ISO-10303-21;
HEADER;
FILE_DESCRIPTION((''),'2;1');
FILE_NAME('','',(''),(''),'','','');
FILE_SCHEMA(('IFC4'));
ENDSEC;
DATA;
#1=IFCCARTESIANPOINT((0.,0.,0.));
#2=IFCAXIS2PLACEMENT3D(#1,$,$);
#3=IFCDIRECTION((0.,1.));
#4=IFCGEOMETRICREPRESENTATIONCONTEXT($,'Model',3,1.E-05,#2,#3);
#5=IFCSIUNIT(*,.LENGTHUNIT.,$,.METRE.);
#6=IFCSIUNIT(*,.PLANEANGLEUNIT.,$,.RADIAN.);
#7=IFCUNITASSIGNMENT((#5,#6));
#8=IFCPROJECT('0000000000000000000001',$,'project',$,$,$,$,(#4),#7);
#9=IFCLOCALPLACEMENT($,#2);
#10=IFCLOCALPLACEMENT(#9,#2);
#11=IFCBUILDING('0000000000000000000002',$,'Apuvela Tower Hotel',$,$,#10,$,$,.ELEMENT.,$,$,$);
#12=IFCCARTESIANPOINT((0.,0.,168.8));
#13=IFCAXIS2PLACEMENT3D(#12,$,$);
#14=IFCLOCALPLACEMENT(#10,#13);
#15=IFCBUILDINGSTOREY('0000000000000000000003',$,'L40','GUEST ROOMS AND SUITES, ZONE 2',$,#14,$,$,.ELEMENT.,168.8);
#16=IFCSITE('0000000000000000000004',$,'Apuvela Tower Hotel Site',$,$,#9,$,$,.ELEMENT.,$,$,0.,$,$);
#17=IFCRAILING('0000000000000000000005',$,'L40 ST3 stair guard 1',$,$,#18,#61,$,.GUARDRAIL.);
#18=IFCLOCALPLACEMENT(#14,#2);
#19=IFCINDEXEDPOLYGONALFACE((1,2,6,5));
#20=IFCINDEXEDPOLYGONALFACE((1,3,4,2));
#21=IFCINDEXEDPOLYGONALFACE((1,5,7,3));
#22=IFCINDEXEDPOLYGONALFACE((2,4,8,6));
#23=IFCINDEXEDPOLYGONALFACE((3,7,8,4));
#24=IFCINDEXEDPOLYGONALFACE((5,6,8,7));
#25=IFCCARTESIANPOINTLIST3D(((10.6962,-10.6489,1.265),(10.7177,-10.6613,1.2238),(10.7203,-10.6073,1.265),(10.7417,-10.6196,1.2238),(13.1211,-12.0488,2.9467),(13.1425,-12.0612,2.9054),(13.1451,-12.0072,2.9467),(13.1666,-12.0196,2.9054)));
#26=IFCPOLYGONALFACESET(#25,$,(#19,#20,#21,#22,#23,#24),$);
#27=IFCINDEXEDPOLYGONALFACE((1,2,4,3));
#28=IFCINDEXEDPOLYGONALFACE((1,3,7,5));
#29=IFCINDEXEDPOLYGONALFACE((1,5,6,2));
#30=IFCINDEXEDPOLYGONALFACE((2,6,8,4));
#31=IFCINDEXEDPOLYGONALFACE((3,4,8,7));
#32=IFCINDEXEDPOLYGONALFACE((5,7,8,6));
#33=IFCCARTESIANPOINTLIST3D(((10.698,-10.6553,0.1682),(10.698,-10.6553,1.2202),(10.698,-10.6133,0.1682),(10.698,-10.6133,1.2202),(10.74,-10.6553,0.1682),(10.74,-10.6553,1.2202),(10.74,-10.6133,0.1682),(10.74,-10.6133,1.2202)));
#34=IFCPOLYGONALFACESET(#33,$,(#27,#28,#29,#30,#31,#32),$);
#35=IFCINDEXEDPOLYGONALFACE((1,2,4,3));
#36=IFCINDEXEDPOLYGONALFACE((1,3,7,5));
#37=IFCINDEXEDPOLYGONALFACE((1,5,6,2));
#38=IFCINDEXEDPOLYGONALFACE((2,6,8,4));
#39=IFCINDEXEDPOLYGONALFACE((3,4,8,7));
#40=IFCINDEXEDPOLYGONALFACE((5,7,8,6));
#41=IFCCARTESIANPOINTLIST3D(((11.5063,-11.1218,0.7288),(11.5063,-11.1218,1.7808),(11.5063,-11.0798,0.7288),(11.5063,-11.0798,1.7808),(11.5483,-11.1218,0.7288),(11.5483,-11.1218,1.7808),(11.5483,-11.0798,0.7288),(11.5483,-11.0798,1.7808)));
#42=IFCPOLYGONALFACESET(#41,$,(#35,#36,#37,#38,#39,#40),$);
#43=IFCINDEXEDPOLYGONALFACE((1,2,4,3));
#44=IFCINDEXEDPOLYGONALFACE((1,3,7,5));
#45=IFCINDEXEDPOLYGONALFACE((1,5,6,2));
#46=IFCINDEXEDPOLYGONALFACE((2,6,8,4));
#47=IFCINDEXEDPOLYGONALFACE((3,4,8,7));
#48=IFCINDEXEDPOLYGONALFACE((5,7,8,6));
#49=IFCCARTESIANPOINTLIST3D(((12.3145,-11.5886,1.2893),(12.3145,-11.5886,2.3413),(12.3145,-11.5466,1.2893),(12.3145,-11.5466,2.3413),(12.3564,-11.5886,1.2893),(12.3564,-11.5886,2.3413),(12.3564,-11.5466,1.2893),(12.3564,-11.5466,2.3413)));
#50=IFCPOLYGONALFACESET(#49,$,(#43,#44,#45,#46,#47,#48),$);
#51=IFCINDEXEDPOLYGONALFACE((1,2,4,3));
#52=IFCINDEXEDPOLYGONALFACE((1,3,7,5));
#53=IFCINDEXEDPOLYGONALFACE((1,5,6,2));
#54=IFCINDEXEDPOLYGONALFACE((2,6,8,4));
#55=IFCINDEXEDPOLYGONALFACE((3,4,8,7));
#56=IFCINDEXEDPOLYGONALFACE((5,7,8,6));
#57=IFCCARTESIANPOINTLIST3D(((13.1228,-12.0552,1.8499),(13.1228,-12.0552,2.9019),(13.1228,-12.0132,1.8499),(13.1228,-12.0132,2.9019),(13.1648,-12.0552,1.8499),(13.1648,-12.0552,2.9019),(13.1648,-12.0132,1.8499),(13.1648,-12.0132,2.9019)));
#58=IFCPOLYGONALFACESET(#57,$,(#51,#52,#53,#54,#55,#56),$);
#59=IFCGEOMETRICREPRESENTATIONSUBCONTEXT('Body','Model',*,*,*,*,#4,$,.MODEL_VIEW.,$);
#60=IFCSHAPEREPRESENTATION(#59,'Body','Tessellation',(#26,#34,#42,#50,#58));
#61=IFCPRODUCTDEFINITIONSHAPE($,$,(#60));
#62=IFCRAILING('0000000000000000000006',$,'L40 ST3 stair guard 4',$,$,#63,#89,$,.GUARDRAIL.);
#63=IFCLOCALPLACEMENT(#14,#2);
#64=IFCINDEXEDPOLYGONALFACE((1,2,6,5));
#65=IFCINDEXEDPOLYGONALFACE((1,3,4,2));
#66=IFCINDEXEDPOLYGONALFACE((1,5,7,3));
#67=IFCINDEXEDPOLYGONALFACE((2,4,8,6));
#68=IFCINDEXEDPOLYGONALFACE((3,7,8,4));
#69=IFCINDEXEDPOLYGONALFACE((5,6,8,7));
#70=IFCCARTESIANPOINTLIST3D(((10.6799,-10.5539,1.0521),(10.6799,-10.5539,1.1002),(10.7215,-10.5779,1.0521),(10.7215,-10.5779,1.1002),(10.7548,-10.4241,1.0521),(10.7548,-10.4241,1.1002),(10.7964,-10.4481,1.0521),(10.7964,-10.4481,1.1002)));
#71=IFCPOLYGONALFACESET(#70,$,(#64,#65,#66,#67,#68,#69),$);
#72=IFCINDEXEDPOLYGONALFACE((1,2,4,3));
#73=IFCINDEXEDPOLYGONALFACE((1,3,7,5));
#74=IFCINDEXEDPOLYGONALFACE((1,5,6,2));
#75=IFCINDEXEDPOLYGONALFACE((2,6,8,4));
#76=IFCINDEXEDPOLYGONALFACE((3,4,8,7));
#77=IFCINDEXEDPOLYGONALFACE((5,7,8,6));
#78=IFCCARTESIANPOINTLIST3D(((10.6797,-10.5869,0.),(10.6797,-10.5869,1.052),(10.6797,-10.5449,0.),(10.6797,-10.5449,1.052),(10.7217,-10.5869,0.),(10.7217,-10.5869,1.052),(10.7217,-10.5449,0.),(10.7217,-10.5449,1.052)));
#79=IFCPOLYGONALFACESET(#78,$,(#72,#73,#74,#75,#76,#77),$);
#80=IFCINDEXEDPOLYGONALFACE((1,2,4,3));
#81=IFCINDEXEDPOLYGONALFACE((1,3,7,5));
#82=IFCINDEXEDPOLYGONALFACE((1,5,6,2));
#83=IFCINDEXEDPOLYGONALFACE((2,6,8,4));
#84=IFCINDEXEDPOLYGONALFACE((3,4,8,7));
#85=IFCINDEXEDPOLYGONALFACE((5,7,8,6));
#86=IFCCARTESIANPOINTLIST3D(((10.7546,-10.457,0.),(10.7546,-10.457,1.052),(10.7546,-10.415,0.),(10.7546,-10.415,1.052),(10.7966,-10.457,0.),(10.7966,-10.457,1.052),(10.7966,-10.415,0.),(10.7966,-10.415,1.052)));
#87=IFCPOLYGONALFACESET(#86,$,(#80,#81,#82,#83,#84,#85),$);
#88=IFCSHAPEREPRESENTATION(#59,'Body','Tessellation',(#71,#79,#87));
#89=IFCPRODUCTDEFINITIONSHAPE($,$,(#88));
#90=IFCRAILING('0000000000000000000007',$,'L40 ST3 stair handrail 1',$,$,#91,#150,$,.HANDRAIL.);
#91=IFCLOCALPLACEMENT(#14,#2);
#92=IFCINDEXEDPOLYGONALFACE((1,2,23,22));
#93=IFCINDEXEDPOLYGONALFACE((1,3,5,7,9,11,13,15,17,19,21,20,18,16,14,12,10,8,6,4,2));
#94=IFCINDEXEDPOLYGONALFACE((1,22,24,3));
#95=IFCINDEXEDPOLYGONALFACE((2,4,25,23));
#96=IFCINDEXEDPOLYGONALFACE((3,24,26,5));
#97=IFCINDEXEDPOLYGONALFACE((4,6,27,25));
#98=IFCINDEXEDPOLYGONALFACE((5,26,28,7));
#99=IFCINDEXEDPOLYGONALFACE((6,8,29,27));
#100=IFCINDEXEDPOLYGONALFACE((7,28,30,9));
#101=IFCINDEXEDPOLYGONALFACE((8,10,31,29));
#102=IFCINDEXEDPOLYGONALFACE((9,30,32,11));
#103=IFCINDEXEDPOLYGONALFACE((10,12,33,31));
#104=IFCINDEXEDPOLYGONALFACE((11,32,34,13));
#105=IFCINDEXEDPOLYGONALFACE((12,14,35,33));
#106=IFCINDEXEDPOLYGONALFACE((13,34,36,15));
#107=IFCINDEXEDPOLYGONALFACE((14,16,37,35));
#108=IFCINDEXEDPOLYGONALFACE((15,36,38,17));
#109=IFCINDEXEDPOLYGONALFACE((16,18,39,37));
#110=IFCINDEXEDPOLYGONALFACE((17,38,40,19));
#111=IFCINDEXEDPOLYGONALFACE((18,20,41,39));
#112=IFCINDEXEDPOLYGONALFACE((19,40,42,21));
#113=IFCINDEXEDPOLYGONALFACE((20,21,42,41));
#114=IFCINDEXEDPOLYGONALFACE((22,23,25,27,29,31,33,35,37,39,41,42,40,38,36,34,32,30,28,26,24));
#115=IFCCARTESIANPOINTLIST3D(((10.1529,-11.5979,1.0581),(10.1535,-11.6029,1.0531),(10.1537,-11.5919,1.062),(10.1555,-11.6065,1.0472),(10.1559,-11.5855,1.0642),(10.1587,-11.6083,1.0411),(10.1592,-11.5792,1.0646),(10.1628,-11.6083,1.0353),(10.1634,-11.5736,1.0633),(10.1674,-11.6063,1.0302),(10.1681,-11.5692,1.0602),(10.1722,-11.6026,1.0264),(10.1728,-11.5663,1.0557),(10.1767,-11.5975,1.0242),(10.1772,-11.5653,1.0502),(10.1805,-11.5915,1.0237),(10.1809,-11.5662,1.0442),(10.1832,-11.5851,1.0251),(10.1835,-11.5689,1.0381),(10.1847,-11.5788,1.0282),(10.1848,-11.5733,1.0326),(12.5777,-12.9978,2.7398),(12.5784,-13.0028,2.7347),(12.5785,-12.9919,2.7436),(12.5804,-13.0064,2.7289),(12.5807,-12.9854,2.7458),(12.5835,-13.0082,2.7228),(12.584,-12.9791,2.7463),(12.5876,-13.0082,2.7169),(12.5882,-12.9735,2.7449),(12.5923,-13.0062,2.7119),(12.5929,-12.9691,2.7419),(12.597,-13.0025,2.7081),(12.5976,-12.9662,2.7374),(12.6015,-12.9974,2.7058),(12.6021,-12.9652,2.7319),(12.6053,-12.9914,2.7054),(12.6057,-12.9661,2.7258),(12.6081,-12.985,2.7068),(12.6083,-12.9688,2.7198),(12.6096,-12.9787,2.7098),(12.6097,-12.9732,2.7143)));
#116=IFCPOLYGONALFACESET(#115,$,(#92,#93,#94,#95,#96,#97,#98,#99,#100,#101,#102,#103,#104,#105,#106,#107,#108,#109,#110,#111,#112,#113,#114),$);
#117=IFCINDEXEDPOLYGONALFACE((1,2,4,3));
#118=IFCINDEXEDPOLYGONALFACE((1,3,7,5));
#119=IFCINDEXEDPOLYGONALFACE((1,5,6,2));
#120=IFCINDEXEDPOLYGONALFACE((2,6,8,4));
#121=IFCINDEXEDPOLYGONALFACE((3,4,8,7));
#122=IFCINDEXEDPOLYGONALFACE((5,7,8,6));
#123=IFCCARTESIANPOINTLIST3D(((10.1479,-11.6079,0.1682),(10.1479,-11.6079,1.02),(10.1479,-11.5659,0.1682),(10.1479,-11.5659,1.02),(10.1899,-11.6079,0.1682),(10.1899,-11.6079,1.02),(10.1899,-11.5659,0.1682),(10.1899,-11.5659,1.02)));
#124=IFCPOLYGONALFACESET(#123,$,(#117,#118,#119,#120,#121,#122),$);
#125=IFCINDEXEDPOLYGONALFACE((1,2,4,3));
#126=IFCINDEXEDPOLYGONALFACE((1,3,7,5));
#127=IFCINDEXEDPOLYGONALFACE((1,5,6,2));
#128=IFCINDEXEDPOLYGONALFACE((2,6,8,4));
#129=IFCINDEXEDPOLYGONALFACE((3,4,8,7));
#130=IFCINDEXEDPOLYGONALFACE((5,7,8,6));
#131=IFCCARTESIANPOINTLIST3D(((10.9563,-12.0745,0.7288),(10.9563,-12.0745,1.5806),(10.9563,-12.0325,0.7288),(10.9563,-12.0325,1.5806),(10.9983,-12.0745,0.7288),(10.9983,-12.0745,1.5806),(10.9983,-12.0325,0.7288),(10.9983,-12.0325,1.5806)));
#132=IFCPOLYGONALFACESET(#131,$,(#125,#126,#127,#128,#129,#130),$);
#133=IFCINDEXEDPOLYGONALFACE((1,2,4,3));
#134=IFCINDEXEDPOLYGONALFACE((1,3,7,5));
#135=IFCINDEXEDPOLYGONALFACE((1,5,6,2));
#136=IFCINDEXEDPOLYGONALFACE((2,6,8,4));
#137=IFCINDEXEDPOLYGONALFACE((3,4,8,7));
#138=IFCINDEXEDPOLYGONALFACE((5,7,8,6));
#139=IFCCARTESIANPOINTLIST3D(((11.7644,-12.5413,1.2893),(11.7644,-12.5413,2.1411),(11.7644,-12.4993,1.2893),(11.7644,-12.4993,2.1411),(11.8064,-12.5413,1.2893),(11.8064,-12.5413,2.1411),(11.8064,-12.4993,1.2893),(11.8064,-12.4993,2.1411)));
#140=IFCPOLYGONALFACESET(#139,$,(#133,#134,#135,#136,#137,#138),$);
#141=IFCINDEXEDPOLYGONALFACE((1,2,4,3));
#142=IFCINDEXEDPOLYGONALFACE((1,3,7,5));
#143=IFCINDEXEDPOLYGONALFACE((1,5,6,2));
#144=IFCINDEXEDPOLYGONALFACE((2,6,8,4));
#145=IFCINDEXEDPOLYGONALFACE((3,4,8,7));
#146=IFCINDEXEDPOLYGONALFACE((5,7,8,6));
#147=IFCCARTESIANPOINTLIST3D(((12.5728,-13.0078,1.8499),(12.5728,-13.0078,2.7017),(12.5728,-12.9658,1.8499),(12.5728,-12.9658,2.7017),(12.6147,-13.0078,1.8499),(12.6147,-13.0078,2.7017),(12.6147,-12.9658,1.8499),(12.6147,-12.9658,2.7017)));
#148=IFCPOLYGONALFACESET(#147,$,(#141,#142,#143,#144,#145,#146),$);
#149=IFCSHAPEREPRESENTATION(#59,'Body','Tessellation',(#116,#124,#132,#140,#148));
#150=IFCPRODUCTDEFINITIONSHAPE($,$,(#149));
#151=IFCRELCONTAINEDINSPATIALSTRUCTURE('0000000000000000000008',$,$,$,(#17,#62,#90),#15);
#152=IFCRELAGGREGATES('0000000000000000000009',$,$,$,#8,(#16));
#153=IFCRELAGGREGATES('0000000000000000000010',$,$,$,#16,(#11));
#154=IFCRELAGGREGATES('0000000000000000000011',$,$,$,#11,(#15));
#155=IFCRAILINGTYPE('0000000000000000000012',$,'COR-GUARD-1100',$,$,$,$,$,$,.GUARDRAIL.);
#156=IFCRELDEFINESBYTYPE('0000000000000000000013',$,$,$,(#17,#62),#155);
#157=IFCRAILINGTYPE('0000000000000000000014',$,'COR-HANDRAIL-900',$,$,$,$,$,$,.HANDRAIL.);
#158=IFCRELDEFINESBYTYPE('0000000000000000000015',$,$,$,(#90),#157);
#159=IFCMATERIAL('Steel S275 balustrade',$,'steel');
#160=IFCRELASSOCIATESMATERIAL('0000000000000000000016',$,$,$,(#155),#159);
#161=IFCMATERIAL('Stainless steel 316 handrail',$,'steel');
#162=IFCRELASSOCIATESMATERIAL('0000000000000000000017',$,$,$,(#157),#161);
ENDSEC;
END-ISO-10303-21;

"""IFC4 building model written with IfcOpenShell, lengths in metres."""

from ifc_helpers import new_model, si_unit, direction, frame, origin, origin_2d, place, context, subcontext, project, spatial, rectangle, circle, extrude, material, type_object, element, save


model = new_model("IFC4")

# Units and contexts
model_context = context("Model", 3, precision=1e-05, world=origin(), true_north=direction((0.0, 1.0)))
body_context = subcontext(model_context, "Body", "Model", "MODEL_VIEW")
ifc_project = project(units=[si_unit("LENGTHUNIT", "METRE"), si_unit("PLANEANGLEUNIT", "RADIAN")], contexts=[model_context])

# Site, building, storey
site_placement = place(None, origin())
site = spatial("IfcSite", under=ifc_project, at=site_placement, Name="Apuvela Tower Hotel Site", CompositionType="ELEMENT", RefElevation=0.0)
building_placement = place(site_placement, origin())
building = spatial("IfcBuilding", under=site, at=building_placement, Name="Apuvela Tower Hotel", CompositionType="ELEMENT")
storey_placement = place(building_placement, frame((0.0, 0.0, 168.8)))
storey = spatial("IfcBuildingStorey", under=building, at=storey_placement, Name="L40", Description="GUEST ROOMS AND SUITES, ZONE 2", CompositionType="ELEMENT", Elevation=168.8)

# Railings
ifc_material_1 = material(Name="Steel S275 balustrade", Category="steel")
railing_type_1 = type_object("IfcRailingType", Name="COR-GUARD-1100", PredefinedType="GUARDRAIL", material=ifc_material_1)
railing_1_placement = place(storey_placement, frame((10.719, -10.6343, 0.1682)))
element("IfcRailing", 1, at=railing_1_placement, inside=storey, type_object=railing_type_1, Name="L40 ST3 stair guard 1", PredefinedType="GUARDRAIL", context=body_context, shape_type="SweptSolid", body=[
    extrude(rectangle(XDim=0.0481, YDim=0.0481, at=origin_2d()), frame((0.0, 0.0, 1.0762), z_axis=(0.742419, -0.428618, 0.514879), x_axis=(0.499984, 0.866035, 0.0)), (0.0, 0.0, 1.0), 3.2661),
    extrude(rectangle(XDim=0.042, YDim=0.042, at=origin_2d()), origin(), (0.0, 0.0, 1.0), 1.052),
    extrude(rectangle(XDim=0.042, YDim=0.042, at=origin_2d()), frame((0.8083, -0.4666, 0.5605)), (0.0, 0.0, 1.0), 1.052),
    extrude(rectangle(XDim=0.042, YDim=0.042, at=origin_2d()), frame((1.6165, -0.9333, 1.1211)), (0.0, 0.0, 1.0), 1.052),
    extrude(rectangle(XDim=0.042, YDim=0.042, at=origin_2d()), frame((2.4248, -1.3999, 1.6816)), (0.0, 0.0, 1.0), 1.052),
])
railing_2_placement = place(storey_placement, frame((10.7007, -10.5659, 0.0)))
element("IfcRailing", 2, at=railing_2_placement, inside=storey, type_object=railing_type_1, Name="L40 ST3 stair guard 4", PredefinedType="GUARDRAIL", context=body_context, shape_type="SweptSolid", body=[
    extrude(rectangle(XDim=0.0481, YDim=0.0481, at=origin_2d()), frame((0.0, 0.0, 1.0762), z_axis=(0.499816, 0.866131, 0.0), x_axis=(-0.866131, 0.499816, 0.0)), (0.0, 0.0, 1.0), 0.1499),
    extrude(rectangle(XDim=0.042, YDim=0.042, at=origin_2d()), origin(), (0.0, 0.0, 1.0), 1.052),
    extrude(rectangle(XDim=0.042, YDim=0.042, at=origin_2d()), frame((0.075, 0.1299, 0.0)), (0.0, 0.0, 1.0), 1.052),
])
ifc_material_2 = material(Name="Stainless steel 316 handrail", Category="steel")
railing_type_2 = type_object("IfcRailingType", Name="COR-HANDRAIL-900", PredefinedType="HANDRAIL", material=ifc_material_2)
railing_3_placement = place(storey_placement, frame((10.1689, -11.5869, 0.1682)))
element("IfcRailing", 3, at=railing_3_placement, inside=storey, type_object=railing_type_2, Name="L40 ST3 stair handrail 1", PredefinedType="HANDRAIL", context=body_context, shape_type="SweptSolid", body=[
    extrude(circle(Radius=0.0239, at=origin_2d()), frame((0.0, 0.0, 0.876), z_axis=(0.742419, -0.428618, 0.514879), x_axis=(0.499984, 0.866035, 0.0)), (0.0, 0.0, 1.0), 3.2661),
    extrude(rectangle(XDim=0.042, YDim=0.042, at=origin_2d()), origin(), (0.0, 0.0, 1.0), 0.8518),
    extrude(rectangle(XDim=0.042, YDim=0.042, at=origin_2d()), frame((0.8083, -0.4666, 0.5605)), (0.0, 0.0, 1.0), 0.8518),
    extrude(rectangle(XDim=0.042, YDim=0.042, at=origin_2d()), frame((1.6165, -0.9333, 1.1211)), (0.0, 0.0, 1.0), 0.8518),
    extrude(rectangle(XDim=0.042, YDim=0.042, at=origin_2d()), frame((2.4248, -1.3999, 1.6816)), (0.0, 0.0, 1.0), 0.8518),
])

save(model, "model.ifc")
